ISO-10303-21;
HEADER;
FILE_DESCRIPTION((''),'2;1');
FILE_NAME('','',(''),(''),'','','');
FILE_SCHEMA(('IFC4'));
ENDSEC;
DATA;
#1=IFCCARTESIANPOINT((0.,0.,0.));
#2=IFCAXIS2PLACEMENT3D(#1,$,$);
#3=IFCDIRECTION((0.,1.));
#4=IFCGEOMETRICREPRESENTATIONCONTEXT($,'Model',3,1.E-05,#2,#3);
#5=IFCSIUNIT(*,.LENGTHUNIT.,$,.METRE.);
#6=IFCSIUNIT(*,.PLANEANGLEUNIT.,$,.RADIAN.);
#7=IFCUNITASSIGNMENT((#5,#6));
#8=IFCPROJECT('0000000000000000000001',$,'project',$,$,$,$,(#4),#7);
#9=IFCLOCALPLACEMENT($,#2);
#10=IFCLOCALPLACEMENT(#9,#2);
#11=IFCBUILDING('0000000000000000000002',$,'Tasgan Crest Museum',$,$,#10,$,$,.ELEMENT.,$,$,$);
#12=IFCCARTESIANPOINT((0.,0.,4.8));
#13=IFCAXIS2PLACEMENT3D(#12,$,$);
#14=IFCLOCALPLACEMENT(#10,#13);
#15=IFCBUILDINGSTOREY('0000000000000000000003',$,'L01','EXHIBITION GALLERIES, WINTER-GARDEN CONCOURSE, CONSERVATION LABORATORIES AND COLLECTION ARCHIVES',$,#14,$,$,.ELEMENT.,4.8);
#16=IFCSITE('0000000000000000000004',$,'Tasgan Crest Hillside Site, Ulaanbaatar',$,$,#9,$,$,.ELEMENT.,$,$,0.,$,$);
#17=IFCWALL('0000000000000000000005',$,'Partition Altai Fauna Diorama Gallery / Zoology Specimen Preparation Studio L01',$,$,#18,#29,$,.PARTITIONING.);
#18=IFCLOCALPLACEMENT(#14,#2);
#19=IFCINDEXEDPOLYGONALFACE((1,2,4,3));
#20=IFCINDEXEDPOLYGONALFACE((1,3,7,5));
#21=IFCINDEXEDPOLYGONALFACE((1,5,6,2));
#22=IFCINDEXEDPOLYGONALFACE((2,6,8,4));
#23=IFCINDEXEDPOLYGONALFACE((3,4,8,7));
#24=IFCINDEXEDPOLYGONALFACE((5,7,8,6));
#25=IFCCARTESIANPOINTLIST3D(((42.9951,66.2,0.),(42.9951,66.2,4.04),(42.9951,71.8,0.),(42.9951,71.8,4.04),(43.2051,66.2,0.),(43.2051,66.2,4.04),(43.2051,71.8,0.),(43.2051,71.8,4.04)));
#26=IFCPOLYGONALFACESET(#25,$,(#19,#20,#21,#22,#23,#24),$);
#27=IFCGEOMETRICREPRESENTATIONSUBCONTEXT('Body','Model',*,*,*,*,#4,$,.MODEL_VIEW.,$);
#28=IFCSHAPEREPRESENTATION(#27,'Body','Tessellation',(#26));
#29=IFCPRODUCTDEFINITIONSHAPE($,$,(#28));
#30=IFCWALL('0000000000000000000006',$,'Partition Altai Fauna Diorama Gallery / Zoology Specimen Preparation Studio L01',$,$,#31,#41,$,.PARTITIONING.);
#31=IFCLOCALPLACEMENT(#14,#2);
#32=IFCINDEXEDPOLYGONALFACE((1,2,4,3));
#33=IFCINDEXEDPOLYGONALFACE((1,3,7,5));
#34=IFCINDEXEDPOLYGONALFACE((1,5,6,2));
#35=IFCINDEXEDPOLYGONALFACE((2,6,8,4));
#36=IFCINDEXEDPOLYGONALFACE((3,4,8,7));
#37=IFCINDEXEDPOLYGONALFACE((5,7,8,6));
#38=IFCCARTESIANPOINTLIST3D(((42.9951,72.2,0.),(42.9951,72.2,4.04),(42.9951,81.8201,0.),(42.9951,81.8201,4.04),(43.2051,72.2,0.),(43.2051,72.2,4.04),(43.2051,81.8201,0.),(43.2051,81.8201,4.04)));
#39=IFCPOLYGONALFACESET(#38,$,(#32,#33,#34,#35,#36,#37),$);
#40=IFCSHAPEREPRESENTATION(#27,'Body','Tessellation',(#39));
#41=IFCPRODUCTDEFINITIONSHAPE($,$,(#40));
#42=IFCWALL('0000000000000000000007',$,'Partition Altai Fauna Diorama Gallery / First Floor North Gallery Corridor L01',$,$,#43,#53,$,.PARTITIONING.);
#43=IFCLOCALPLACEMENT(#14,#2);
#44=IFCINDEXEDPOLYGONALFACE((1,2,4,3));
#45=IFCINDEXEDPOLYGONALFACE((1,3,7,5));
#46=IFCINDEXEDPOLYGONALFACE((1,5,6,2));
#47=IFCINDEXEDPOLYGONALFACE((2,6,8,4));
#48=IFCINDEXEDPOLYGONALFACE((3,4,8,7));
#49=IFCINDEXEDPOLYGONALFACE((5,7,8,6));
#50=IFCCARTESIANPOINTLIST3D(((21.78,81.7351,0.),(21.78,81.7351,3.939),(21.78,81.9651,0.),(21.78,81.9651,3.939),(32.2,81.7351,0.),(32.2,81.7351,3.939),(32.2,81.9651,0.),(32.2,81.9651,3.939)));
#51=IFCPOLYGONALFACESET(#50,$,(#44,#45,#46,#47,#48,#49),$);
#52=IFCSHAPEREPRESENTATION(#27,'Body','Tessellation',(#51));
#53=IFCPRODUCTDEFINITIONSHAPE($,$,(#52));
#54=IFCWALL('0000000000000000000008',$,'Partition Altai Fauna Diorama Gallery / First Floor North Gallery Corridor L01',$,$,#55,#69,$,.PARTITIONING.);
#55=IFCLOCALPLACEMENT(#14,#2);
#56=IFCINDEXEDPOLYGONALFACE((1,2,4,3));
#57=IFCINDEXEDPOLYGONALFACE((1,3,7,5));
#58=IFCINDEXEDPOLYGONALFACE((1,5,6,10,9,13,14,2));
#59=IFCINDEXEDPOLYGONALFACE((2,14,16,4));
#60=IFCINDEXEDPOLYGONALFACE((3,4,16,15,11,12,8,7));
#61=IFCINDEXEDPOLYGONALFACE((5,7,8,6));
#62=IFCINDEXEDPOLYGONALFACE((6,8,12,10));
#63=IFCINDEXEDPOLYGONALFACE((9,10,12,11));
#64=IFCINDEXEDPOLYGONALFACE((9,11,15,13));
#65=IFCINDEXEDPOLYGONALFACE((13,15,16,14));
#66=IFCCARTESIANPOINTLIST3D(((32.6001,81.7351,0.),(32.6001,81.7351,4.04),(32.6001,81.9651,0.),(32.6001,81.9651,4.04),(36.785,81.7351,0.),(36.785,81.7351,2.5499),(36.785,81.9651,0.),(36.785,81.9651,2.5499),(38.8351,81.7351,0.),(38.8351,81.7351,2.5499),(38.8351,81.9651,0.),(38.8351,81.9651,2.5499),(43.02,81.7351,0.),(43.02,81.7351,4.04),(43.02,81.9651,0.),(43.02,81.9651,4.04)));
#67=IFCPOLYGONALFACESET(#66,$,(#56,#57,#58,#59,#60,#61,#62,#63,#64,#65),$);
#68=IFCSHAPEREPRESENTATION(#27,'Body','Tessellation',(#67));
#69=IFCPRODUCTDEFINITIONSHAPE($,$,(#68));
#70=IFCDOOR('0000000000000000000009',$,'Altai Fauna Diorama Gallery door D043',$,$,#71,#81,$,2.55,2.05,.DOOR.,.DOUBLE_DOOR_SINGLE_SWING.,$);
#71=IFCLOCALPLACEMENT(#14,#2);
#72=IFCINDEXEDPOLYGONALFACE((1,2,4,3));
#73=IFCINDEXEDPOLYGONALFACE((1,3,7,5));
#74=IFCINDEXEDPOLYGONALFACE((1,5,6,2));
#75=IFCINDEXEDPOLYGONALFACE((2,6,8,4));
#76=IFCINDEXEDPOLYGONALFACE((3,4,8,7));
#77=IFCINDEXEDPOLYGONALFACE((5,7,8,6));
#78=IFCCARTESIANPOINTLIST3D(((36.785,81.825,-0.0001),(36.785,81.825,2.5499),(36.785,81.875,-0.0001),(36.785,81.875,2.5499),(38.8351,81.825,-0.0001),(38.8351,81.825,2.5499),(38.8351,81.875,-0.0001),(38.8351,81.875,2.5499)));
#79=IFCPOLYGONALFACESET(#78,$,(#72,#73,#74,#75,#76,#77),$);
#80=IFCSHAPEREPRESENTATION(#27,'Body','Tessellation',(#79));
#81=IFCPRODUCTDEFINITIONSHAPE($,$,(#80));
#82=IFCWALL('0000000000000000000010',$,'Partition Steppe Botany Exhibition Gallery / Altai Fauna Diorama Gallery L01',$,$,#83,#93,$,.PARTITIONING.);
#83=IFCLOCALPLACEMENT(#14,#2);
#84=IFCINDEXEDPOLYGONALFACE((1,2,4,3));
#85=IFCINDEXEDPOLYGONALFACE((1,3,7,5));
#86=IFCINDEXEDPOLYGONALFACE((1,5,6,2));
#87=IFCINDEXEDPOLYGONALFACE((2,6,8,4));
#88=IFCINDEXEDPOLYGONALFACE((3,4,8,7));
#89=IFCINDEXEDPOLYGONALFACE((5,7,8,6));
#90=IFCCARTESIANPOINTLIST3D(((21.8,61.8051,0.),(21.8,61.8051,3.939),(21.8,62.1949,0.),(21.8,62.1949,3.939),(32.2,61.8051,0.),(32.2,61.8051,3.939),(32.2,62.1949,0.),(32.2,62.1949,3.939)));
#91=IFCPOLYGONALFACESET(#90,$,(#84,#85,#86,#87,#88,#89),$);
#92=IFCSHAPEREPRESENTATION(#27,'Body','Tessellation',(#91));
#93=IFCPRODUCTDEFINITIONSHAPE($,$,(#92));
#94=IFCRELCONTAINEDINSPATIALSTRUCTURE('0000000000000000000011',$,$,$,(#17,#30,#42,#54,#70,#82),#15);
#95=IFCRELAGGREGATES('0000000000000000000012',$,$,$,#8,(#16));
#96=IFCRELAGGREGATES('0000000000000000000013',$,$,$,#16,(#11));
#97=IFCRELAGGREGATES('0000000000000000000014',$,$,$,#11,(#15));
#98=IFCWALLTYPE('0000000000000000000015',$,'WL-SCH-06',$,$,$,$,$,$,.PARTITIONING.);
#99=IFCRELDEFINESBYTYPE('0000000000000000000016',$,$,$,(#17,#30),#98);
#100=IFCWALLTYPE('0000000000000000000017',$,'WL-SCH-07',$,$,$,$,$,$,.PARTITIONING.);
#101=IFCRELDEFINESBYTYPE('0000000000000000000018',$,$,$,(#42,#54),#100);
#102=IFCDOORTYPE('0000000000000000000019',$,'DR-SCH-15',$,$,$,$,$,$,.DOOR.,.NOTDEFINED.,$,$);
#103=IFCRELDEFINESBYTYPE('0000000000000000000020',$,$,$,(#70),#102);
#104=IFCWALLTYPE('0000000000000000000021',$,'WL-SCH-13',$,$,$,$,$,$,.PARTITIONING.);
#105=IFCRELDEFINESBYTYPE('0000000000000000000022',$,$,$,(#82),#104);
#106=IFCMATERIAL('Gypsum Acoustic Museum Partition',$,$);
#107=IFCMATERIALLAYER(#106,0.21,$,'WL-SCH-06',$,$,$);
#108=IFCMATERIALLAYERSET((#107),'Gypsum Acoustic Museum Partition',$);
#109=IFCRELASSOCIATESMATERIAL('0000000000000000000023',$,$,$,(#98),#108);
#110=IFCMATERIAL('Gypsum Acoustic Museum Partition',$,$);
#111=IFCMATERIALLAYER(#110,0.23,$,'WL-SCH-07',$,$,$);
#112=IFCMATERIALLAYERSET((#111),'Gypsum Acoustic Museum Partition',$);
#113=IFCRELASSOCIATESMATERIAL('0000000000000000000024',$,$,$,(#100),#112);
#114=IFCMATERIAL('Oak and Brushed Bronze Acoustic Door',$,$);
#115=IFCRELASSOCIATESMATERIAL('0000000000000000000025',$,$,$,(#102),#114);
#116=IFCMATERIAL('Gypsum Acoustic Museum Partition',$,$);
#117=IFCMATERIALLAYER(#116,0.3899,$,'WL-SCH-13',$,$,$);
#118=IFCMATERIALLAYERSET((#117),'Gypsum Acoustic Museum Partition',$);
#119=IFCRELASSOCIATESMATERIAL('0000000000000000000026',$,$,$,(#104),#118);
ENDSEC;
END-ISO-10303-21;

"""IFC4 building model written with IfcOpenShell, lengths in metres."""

from ifc_helpers import new_model, si_unit, direction, frame, frame_2d, origin, place, context, subcontext, project, spatial, rectangle, extrude, material, layer, layer_set, type_object, element, fill, save


model = new_model("IFC4")

# Units and contexts
model_context = context("Model", 3, precision=1e-05, world=origin(), true_north=direction((0.0, 1.0)))
body_context = subcontext(model_context, "Body", "Model", "MODEL_VIEW")
ifc_project = project(units=[si_unit("LENGTHUNIT", "METRE"), si_unit("PLANEANGLEUNIT", "RADIAN")], contexts=[model_context])

# Site, building, storey
site_placement = place(None, origin())
site = spatial("IfcSite", under=ifc_project, at=site_placement, Name="Tasgan Crest Hillside Site, Ulaanbaatar", CompositionType="ELEMENT", RefElevation=0.0)
building_placement = place(site_placement, origin())
building = spatial("IfcBuilding", under=site, at=building_placement, Name="Tasgan Crest Museum", CompositionType="ELEMENT")
storey_placement = place(building_placement, frame((0.0, 0.0, 4.8)))
storey = spatial("IfcBuildingStorey", under=building, at=storey_placement, Name="L01", Description="EXHIBITION GALLERIES, WINTER-GARDEN CONCOURSE, CONSERVATION LABORATORIES AND COLLECTION ARCHIVES", CompositionType="ELEMENT", Elevation=4.8)

# Shared definitions
ifc_material_1 = material(Name="Gypsum Acoustic Museum Partition")
ifc_layer_1 = layer(ifc_material_1, 0.21, Name="WL-SCH-06")
ifc_layer_set_1 = layer_set([ifc_layer_1], Name="Gypsum Acoustic Museum Partition")
wall_type_1 = type_object("IfcWallType", Name="WL-SCH-06", PredefinedType="PARTITIONING", material=ifc_layer_set_1)

# Walls
wall_1_placement = place(storey_placement, frame((43.1001, 66.2, 0.0), z_axis=(0.0, 0.0, 1.0), x_axis=(0.0, 1.0, 0.0)))
element("IfcWall", 1, at=wall_1_placement, inside=storey, type_object=wall_type_1, Name="Partition Altai Fauna Diorama Gallery / Zoology Specimen Preparation Studio L01", PredefinedType="PARTITIONING", context=body_context, shape_type="SweptSolid", body=[
    extrude(rectangle(XDim=5.6001, YDim=0.21, at=frame_2d((2.8, 0.0))), origin(), (0.0, 0.0, 1.0), 4.04),
])
wall_2_placement = place(storey_placement, frame((43.1001, 72.2, 0.0), z_axis=(0.0, 0.0, 1.0), x_axis=(0.0, 1.0, 0.0)))
element("IfcWall", 2, at=wall_2_placement, inside=storey, type_object=wall_type_1, Name="Partition Altai Fauna Diorama Gallery / Zoology Specimen Preparation Studio L01", PredefinedType="PARTITIONING", context=body_context, shape_type="SweptSolid", body=[
    extrude(rectangle(XDim=9.6201, YDim=0.21, at=frame_2d((4.8101, 0.0))), origin(), (0.0, 0.0, 1.0), 4.04),
])
ifc_material_2 = material(Name="Gypsum Acoustic Museum Partition")
ifc_layer_2 = layer(ifc_material_2, 0.23, Name="WL-SCH-07")
ifc_layer_set_2 = layer_set([ifc_layer_2], Name="Gypsum Acoustic Museum Partition")
wall_type_2 = type_object("IfcWallType", Name="WL-SCH-07", PredefinedType="PARTITIONING", material=ifc_layer_set_2)
wall_3_placement = place(storey_placement, frame((21.78, 81.8501, 0.0), z_axis=(0.0, 0.0, 1.0), x_axis=(1.0, 0.0, 0.0)))
element("IfcWall", 3, at=wall_3_placement, inside=storey, type_object=wall_type_2, Name="Partition Altai Fauna Diorama Gallery / First Floor North Gallery Corridor L01", PredefinedType="PARTITIONING", context=body_context, shape_type="SweptSolid", body=[
    extrude(rectangle(XDim=10.4199, YDim=0.23, at=frame_2d((5.21, 0.0))), origin(), (0.0, 0.0, 1.0), 3.939),
])

# Wall, opening, door
wall_4_placement = place(storey_placement, frame((32.6001, 81.8501, 0.0), z_axis=(0.0, 0.0, 1.0), x_axis=(1.0, 0.0, 0.0)))
wall_4 = element("IfcWall", 4, at=wall_4_placement, inside=storey, type_object=wall_type_2, Name="Partition Altai Fauna Diorama Gallery / First Floor North Gallery Corridor L01", PredefinedType="PARTITIONING", context=body_context, shape_type="SweptSolid", body=[
    extrude(rectangle(XDim=10.4199, YDim=0.23, at=frame_2d((5.21, 0.0))), origin(), (0.0, 0.0, 1.0), 4.04),
])
opening_1_placement = place(wall_4_placement, frame((4.1851, 0.0, 0.0)))
opening_1 = element("IfcOpeningElement", 5, at=opening_1_placement, cuts=wall_4, PredefinedType="OPENING", context=body_context, shape_type="SweptSolid", body=[
    extrude(rectangle(XDim=2.05, YDim=2.55, at=frame_2d((1.0249, 1.2749))), frame((0.0, 0.125, 0.0), z_axis=(0.0, -1.0, 0.0), x_axis=(1.0, 0.0, 0.0)), (0.0, 0.0, 1.0), 0.25),
])
ifc_material_3 = material(Name="Oak and Brushed Bronze Acoustic Door")
door_type_1 = type_object("IfcDoorType", Name="DR-SCH-15", OperationType="NOTDEFINED", PredefinedType="DOOR", material=ifc_material_3)
door_1_placement = place(opening_1_placement, origin())
door_1 = element("IfcDoor", 6, at=door_1_placement, inside=storey, type_object=door_type_1, Name="Altai Fauna Diorama Gallery door D043", OperationType="DOUBLE_DOOR_SINGLE_SWING", OverallHeight=2.55, OverallWidth=2.05, PredefinedType="DOOR", context=body_context, shape_type="SweptSolid", body=[
    extrude(rectangle(XDim=2.05, YDim=2.55, at=frame_2d((1.0249, 1.2749))), frame((0.0, 0.0249, 0.0), z_axis=(0.0, -1.0, 0.0), x_axis=(1.0, 0.0, 0.0)), (0.0, 0.0, 1.0), 0.05),
])
fill(opening_1, door_1)

# Wall
ifc_material_4 = material(Name="Gypsum Acoustic Museum Partition")
ifc_layer_3 = layer(ifc_material_4, 0.3899, Name="WL-SCH-13")
ifc_layer_set_3 = layer_set([ifc_layer_3], Name="Gypsum Acoustic Museum Partition")
wall_type_3 = type_object("IfcWallType", Name="WL-SCH-13", PredefinedType="PARTITIONING", material=ifc_layer_set_3)
wall_5_placement = place(storey_placement, frame((21.8, 62.0, 0.0), z_axis=(0.0, 0.0, 1.0), x_axis=(1.0, 0.0, 0.0)))
element("IfcWall", 7, at=wall_5_placement, inside=storey, type_object=wall_type_3, Name="Partition Steppe Botany Exhibition Gallery / Altai Fauna Diorama Gallery L01", PredefinedType="PARTITIONING", context=body_context, shape_type="SweptSolid", body=[
    extrude(rectangle(XDim=10.3999, YDim=0.3899, at=frame_2d((5.2, 0.0))), origin(), (0.0, 0.0, 1.0), 3.939),
])

save(model, "model.ifc")
